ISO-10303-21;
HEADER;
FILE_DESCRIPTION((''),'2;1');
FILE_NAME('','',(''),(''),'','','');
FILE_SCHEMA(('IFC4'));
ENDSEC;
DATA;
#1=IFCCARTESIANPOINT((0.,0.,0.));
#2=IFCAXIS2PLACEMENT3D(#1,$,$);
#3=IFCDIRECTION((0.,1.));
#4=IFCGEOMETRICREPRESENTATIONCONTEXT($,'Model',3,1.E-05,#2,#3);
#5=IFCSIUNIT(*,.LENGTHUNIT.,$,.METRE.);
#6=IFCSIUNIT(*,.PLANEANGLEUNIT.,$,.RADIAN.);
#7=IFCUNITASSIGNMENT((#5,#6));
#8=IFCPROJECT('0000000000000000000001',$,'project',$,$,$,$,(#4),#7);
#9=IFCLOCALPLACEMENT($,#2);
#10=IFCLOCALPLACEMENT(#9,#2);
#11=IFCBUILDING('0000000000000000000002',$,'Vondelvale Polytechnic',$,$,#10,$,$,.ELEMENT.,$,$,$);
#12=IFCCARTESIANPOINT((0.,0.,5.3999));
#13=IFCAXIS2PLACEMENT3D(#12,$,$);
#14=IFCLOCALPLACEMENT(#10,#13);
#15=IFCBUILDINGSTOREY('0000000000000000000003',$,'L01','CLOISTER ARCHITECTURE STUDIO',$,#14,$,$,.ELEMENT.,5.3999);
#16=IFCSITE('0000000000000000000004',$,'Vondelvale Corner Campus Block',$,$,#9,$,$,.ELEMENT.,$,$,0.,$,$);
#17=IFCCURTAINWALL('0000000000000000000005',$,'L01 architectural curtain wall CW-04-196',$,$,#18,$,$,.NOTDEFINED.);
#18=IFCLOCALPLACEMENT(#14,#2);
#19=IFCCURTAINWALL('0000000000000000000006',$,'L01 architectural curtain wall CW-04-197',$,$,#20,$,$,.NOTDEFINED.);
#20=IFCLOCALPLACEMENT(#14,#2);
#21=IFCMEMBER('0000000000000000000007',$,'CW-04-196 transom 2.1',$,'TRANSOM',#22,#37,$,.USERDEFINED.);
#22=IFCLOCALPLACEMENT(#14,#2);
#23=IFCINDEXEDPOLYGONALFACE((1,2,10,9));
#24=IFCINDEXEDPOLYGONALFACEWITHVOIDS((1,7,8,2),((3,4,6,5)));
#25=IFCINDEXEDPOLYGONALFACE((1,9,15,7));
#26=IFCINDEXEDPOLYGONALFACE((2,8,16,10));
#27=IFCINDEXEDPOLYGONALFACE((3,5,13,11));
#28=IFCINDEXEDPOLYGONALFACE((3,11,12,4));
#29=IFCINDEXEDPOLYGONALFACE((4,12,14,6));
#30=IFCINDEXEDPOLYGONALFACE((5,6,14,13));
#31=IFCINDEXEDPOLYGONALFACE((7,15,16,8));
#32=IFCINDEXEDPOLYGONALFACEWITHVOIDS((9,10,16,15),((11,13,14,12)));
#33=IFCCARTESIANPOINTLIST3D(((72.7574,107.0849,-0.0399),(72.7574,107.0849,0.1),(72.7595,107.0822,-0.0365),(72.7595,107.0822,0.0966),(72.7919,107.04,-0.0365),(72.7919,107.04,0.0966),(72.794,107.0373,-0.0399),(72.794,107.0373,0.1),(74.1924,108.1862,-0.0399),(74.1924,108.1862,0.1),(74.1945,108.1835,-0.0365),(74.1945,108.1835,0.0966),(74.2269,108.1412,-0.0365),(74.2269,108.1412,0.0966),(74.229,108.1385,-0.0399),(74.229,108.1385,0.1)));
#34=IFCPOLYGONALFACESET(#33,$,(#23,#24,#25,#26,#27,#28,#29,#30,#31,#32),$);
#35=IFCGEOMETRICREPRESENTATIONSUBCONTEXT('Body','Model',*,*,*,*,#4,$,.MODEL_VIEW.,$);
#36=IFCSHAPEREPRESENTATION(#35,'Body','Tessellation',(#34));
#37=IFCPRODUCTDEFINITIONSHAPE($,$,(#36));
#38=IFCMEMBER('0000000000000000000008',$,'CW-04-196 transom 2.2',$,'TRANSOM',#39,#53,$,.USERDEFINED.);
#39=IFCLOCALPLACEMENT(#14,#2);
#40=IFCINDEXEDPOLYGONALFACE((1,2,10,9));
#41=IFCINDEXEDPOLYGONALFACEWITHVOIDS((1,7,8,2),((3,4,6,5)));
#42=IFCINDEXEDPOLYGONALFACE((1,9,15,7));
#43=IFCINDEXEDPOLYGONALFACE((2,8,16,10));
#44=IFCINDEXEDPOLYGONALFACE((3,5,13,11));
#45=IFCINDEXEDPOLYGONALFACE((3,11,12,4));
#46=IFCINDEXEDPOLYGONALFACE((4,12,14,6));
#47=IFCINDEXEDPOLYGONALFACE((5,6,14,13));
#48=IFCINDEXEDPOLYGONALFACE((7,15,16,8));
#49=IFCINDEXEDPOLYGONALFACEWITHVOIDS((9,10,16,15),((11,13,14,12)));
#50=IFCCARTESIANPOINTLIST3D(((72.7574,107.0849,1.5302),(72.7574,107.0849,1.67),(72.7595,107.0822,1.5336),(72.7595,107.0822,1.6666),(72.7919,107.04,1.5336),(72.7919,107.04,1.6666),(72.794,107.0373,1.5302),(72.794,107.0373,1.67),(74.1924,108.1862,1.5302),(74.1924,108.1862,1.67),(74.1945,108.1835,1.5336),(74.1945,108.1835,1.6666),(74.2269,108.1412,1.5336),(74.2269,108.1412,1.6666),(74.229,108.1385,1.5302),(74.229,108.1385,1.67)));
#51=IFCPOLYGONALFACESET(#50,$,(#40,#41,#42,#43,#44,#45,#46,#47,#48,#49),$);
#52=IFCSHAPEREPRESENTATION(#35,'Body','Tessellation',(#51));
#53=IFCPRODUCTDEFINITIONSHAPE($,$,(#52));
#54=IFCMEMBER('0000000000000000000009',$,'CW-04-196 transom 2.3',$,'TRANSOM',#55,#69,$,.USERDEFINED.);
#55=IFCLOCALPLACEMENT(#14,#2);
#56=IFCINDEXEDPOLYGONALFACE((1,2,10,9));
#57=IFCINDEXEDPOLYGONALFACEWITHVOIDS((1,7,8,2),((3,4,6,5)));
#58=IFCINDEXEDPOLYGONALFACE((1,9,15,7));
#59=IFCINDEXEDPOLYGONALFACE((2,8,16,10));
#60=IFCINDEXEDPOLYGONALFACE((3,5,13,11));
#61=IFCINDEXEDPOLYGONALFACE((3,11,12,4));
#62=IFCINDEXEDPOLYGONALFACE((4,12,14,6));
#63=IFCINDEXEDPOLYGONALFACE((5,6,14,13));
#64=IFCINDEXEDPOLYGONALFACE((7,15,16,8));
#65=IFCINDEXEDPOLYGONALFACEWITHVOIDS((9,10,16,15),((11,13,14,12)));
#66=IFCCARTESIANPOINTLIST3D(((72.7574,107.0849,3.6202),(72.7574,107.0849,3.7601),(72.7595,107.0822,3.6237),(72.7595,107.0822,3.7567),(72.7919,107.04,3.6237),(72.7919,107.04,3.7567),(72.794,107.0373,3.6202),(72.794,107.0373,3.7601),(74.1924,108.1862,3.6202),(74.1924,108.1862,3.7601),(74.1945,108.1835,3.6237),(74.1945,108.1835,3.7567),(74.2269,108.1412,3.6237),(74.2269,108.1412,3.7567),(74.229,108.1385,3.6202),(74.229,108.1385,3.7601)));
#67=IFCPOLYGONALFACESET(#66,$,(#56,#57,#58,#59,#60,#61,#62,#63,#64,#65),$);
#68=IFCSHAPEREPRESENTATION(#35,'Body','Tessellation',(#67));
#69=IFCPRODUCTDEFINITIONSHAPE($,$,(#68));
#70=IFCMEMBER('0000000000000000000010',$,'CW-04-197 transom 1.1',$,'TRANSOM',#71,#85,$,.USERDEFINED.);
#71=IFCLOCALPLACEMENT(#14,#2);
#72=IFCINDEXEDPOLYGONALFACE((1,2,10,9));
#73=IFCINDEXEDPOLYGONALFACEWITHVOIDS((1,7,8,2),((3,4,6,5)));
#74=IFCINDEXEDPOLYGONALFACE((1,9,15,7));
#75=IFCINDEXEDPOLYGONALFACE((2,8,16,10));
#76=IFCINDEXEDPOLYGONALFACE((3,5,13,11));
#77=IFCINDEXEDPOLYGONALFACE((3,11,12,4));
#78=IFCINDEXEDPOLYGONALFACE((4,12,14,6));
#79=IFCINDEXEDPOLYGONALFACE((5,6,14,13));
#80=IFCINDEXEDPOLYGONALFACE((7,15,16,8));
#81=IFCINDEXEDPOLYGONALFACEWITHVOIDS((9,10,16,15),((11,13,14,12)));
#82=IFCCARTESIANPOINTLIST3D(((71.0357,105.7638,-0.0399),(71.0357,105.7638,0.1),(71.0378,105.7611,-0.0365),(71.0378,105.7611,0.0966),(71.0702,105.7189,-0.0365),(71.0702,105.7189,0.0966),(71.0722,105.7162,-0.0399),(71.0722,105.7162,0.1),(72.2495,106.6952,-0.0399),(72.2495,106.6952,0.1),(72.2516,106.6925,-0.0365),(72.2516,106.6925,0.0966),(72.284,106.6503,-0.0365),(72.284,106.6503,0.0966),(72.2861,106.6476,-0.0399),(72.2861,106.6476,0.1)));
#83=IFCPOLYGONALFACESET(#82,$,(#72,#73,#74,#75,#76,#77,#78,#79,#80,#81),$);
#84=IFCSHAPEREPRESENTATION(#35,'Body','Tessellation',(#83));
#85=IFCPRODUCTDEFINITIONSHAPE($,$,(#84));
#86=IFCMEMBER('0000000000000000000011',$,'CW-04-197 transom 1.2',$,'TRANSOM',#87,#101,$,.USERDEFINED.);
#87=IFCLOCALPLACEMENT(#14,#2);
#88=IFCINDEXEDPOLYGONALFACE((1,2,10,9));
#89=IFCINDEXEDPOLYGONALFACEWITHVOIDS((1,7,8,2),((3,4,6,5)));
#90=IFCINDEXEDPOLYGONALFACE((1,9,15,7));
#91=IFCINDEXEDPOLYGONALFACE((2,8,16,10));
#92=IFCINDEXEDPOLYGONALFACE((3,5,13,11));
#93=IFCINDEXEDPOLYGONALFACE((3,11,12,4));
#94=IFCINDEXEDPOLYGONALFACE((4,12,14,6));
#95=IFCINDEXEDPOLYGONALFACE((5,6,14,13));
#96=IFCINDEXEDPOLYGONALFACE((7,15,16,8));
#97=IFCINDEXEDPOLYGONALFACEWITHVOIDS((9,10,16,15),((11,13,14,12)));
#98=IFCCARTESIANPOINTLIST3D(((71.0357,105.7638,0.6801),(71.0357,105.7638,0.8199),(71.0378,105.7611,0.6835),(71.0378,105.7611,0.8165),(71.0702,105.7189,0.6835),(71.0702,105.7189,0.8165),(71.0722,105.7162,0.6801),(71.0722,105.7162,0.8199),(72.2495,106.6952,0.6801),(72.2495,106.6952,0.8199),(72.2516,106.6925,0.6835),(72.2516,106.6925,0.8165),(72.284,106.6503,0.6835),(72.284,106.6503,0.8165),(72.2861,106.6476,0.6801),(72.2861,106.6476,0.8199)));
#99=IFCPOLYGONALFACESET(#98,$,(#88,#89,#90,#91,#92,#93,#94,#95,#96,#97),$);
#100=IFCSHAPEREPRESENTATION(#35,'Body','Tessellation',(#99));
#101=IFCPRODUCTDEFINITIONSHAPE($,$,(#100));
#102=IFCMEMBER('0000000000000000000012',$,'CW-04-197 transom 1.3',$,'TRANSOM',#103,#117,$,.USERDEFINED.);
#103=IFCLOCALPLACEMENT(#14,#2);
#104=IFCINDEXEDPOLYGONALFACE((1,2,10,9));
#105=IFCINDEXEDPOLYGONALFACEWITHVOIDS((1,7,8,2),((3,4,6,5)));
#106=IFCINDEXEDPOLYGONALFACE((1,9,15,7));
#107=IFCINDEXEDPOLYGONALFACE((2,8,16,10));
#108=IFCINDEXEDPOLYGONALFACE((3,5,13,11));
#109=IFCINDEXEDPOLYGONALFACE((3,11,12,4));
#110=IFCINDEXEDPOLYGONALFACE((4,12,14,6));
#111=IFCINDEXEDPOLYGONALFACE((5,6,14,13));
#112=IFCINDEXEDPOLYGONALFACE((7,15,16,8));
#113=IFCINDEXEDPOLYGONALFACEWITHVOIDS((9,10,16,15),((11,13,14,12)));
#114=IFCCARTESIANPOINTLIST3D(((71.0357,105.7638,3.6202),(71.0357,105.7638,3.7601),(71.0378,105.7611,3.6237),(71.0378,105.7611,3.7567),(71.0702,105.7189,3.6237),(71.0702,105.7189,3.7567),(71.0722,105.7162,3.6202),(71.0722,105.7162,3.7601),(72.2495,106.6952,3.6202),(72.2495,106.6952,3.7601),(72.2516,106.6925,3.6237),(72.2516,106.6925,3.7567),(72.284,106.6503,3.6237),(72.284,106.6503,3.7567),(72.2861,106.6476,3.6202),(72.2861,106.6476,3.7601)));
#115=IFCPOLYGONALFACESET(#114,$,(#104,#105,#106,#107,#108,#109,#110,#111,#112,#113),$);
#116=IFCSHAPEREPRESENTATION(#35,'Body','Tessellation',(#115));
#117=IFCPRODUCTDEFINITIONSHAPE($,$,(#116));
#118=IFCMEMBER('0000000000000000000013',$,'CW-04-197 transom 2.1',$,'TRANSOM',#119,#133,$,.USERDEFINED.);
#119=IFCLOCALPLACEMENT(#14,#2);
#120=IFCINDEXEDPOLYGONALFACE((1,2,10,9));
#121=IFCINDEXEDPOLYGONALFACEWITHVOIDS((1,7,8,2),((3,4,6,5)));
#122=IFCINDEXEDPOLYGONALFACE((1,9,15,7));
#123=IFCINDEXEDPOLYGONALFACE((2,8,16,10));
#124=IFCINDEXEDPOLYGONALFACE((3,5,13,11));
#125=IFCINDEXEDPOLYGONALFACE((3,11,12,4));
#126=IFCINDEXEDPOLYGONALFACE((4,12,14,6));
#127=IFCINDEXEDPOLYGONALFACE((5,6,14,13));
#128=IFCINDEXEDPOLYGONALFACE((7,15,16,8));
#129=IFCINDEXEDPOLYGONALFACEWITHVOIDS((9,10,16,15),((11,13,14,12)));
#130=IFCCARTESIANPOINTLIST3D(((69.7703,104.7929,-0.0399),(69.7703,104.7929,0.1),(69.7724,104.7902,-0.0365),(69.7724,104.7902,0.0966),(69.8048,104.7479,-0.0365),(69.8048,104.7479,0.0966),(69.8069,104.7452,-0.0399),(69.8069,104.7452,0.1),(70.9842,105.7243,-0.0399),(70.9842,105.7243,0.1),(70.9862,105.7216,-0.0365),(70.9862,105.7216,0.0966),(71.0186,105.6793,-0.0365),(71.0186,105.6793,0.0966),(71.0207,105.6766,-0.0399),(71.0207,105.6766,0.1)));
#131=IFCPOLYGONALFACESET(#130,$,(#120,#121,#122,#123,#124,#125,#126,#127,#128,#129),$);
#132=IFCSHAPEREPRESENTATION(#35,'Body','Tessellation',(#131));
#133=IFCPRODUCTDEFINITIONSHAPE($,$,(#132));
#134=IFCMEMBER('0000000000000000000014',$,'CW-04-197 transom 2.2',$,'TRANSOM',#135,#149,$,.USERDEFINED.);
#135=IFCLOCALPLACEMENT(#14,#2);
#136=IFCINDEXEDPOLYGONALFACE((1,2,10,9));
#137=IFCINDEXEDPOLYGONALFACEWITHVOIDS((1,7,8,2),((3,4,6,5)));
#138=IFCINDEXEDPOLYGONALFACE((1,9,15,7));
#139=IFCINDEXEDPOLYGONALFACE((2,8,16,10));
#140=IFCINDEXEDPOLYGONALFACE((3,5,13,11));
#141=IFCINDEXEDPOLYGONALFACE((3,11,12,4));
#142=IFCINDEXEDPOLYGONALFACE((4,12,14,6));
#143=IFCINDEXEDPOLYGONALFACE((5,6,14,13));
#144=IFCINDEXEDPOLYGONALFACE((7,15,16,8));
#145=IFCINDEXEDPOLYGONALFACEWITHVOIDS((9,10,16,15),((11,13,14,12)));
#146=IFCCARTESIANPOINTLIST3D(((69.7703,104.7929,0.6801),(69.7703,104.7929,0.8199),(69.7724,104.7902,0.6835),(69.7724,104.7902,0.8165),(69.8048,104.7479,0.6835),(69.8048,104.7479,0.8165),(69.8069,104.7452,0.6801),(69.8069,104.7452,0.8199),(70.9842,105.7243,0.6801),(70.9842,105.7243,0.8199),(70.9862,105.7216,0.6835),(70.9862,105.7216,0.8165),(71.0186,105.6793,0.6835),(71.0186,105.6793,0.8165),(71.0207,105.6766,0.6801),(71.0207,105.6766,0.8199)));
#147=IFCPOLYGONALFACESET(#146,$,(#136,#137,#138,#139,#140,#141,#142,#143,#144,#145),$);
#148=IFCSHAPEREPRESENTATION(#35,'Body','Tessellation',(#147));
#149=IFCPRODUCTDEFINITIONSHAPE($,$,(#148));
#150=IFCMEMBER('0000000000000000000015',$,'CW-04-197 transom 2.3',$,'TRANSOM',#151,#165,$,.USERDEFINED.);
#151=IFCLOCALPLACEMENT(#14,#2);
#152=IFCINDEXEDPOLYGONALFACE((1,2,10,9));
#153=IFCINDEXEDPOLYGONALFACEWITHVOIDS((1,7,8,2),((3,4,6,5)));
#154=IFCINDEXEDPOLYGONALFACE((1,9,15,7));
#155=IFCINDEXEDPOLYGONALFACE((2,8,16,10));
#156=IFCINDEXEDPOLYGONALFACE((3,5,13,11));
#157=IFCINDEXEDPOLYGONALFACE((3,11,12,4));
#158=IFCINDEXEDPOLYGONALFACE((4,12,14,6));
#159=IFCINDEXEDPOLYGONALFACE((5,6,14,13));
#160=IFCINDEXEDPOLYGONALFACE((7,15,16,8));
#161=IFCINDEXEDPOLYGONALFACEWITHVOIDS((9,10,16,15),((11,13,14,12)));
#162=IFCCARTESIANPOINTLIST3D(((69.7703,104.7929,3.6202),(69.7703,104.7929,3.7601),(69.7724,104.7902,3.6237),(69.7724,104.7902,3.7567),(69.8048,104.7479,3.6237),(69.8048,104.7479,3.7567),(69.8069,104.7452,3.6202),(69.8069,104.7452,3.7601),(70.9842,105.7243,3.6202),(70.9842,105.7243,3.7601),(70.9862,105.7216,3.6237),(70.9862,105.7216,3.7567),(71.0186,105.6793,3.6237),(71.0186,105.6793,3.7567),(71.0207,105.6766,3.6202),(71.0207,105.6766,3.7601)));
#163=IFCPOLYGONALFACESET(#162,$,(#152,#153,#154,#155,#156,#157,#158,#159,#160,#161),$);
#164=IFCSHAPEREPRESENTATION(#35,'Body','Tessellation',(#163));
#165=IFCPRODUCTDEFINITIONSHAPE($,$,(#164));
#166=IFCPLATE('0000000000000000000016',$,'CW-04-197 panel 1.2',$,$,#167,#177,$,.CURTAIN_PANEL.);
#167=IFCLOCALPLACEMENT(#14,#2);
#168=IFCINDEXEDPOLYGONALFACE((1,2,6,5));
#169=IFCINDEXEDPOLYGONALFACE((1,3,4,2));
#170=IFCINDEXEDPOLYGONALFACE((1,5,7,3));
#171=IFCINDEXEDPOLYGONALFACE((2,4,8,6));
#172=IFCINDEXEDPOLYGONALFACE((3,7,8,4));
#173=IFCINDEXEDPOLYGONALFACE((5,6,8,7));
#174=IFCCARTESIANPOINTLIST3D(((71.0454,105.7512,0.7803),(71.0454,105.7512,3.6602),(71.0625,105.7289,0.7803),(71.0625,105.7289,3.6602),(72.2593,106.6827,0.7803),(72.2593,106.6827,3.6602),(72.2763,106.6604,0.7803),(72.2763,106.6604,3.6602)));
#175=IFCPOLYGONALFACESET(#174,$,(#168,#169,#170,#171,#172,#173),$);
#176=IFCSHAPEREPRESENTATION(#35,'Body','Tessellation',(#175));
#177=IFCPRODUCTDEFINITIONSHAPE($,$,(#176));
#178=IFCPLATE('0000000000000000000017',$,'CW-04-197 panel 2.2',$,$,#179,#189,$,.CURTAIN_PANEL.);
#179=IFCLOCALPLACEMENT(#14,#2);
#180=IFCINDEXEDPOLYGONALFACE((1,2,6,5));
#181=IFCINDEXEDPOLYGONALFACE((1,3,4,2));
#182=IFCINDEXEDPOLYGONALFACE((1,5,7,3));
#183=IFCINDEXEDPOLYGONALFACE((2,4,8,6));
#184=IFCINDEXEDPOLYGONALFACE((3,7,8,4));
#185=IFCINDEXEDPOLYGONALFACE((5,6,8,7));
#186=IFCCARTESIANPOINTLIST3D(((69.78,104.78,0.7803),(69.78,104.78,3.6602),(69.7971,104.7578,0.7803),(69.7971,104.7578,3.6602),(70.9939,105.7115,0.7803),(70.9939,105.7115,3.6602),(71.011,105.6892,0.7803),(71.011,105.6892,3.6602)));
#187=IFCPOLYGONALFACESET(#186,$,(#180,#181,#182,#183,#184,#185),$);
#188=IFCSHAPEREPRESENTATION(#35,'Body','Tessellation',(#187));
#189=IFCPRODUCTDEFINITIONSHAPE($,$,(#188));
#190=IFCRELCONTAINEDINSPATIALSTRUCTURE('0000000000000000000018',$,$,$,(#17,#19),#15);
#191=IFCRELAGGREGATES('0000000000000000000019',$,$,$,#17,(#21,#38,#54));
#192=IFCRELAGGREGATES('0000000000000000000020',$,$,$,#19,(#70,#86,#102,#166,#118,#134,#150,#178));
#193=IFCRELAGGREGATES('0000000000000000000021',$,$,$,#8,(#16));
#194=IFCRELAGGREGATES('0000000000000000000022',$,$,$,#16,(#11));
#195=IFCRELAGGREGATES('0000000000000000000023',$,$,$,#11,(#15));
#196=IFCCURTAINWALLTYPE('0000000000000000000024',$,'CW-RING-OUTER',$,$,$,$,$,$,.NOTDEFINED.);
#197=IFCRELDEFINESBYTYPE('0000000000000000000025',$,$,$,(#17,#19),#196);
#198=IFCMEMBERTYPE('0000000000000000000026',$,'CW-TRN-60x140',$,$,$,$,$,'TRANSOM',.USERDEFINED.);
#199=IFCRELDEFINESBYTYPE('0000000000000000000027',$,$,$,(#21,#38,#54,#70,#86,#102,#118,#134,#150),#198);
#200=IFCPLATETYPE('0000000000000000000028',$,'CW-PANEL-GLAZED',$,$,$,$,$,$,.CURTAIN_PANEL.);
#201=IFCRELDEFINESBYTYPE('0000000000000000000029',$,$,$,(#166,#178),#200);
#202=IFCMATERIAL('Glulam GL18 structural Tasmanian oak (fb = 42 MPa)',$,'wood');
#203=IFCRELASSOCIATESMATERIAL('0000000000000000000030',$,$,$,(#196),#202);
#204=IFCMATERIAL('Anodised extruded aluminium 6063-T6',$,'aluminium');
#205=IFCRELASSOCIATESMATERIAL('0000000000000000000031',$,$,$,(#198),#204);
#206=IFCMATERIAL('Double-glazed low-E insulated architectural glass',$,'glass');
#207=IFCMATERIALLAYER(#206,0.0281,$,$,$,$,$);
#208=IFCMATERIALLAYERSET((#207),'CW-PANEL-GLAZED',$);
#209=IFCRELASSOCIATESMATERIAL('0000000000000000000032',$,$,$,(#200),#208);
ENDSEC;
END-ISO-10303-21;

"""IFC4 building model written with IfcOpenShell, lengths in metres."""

from ifc_helpers import new_model, si_unit, direction, frame, origin, origin_2d, place, context, subcontext, project, spatial, rectangle, hollow_rectangle, extrude, material, layer, layer_set, material_profile, profile_set, type_object, element, aggregate, save


model = new_model("IFC4")

# Units and contexts
model_context = context("Model", 3, precision=1e-05, world=origin(), true_north=direction((0.0, 1.0)))
body_context = subcontext(model_context, "Body", "Model", "MODEL_VIEW")
ifc_project = project(units=[si_unit("LENGTHUNIT", "METRE"), si_unit("PLANEANGLEUNIT", "RADIAN")], contexts=[model_context])

# Site, building, storey
site_placement = place(None, origin())
site = spatial("IfcSite", under=ifc_project, at=site_placement, Name="Vondelvale Corner Campus Block", CompositionType="ELEMENT", RefElevation=0.0)
building_placement = place(site_placement, origin())
building = spatial("IfcBuilding", under=site, at=building_placement, Name="Vondelvale Polytechnic", CompositionType="ELEMENT")
storey_placement = place(building_placement, frame((0.0, 0.0, 5.3999)))
storey = spatial("IfcBuildingStorey", under=building, at=storey_placement, Name="L01", Description="CLOISTER ARCHITECTURE STUDIO", CompositionType="ELEMENT", Elevation=5.3999)

# Shared definitions
ifc_material_1 = material(Name="Glulam GL18 structural Tasmanian oak (fb = 42 MPa)", Category="wood")

# Curtain walls
curtain_wall_type = type_object("IfcCurtainWallType", Name="CW-RING-OUTER", PredefinedType="NOTDEFINED", material=ifc_material_1)
curtain_wall_1_placement = place(storey_placement, origin())
curtain_wall_1 = element("IfcCurtainWall", 1, at=curtain_wall_1_placement, inside=storey, type_object=curtain_wall_type, Name="L01 architectural curtain wall CW-04-196", PredefinedType="NOTDEFINED")
ifc_material_2 = material(Name="Anodised extruded aluminium 6063-T6", Category="aluminium")
curtain_wall_2_placement = place(storey_placement, origin())
curtain_wall_2 = element("IfcCurtainWall", 2, at=curtain_wall_2_placement, inside=storey, type_object=curtain_wall_type, Name="L01 architectural curtain wall CW-04-197", PredefinedType="NOTDEFINED")

# Members
ifc_material_profile_1 = material_profile(ifc_material_2, hollow_rectangle(XDim=0.0601, YDim=0.1399, WallThickness=0.0034, at=origin_2d()), Name="CW-TRN-140x60")
ifc_profile_set_1 = profile_set([ifc_material_profile_1], Name="Anodised extruded aluminium 6063-T6")
member_type_1 = type_object("IfcMemberType", Name="CW-TRN-60x140", ElementType="TRANSOM", PredefinedType="USERDEFINED", material=ifc_profile_set_1)
member_1_placement = place(storey_placement, frame((74.2107, 108.1624, 0.03), z_axis=(-0.793311, -0.608817, 0.0), x_axis=(0.608817, -0.793311, 0.0)))
member_1 = element("IfcMember", 3, at=member_1_placement, type_object=member_type_1, Name="CW-04-196 transom 2.1", ObjectType="TRANSOM", PredefinedType="USERDEFINED", context=body_context, shape_type="SweptSolid", body=[
    extrude(hollow_rectangle(XDim=0.0601, YDim=0.1399, WallThickness=0.0034, at=origin_2d()), origin(), (0.0, 0.0, 1.0), 1.8088),
])
member_2_placement = place(storey_placement, frame((74.2107, 108.1624, 1.6001), z_axis=(-0.793311, -0.608817, 0.0), x_axis=(0.608817, -0.793311, 0.0)))
member_2 = element("IfcMember", 4, at=member_2_placement, type_object=member_type_1, Name="CW-04-196 transom 2.2", ObjectType="TRANSOM", PredefinedType="USERDEFINED", context=body_context, shape_type="SweptSolid", body=[
    extrude(hollow_rectangle(XDim=0.0601, YDim=0.1399, WallThickness=0.0034, at=origin_2d()), origin(), (0.0, 0.0, 1.0), 1.8088),
])
member_3_placement = place(storey_placement, frame((74.2107, 108.1624, 3.6902), z_axis=(-0.793311, -0.608817, 0.0), x_axis=(0.608817, -0.793311, 0.0)))
member_3 = element("IfcMember", 5, at=member_3_placement, type_object=member_type_1, Name="CW-04-196 transom 2.3", ObjectType="TRANSOM", PredefinedType="USERDEFINED", context=body_context, shape_type="SweptSolid", body=[
    extrude(hollow_rectangle(XDim=0.0601, YDim=0.1399, WallThickness=0.0034, at=origin_2d()), origin(), (0.0, 0.0, 1.0), 1.8088),
])
member_4_placement = place(storey_placement, frame((72.2678, 106.6714, 0.03), z_axis=(-0.793365, -0.608746, 0.0), x_axis=(0.608746, -0.793365, 0.0)))
member_4 = element("IfcMember", 6, at=member_4_placement, type_object=member_type_1, Name="CW-04-197 transom 1.1", ObjectType="TRANSOM", PredefinedType="USERDEFINED", context=body_context, shape_type="SweptSolid", body=[
    extrude(hollow_rectangle(XDim=0.0601, YDim=0.1399, WallThickness=0.0034, at=origin_2d()), origin(), (0.0, 0.0, 1.0), 1.53),
])
member_5_placement = place(storey_placement, frame((72.2678, 106.6714, 0.75), z_axis=(-0.793365, -0.608746, 0.0), x_axis=(0.608746, -0.793365, 0.0)))
member_5 = element("IfcMember", 7, at=member_5_placement, type_object=member_type_1, Name="CW-04-197 transom 1.2", ObjectType="TRANSOM", PredefinedType="USERDEFINED", context=body_context, shape_type="SweptSolid", body=[
    extrude(hollow_rectangle(XDim=0.0601, YDim=0.1399, WallThickness=0.0034, at=origin_2d()), origin(), (0.0, 0.0, 1.0), 1.53),
])
member_6_placement = place(storey_placement, frame((72.2678, 106.6714, 3.6902), z_axis=(-0.793365, -0.608746, 0.0), x_axis=(0.608746, -0.793365, 0.0)))
member_6 = element("IfcMember", 8, at=member_6_placement, type_object=member_type_1, Name="CW-04-197 transom 1.3", ObjectType="TRANSOM", PredefinedType="USERDEFINED", context=body_context, shape_type="SweptSolid", body=[
    extrude(hollow_rectangle(XDim=0.0601, YDim=0.1399, WallThickness=0.0034, at=origin_2d()), origin(), (0.0, 0.0, 1.0), 1.53),
])
member_7_placement = place(storey_placement, frame((71.0024, 105.7004, 0.03), z_axis=(-0.793365, -0.608746, 0.0), x_axis=(0.608746, -0.793365, 0.0)))
member_7 = element("IfcMember", 9, at=member_7_placement, type_object=member_type_1, Name="CW-04-197 transom 2.1", ObjectType="TRANSOM", PredefinedType="USERDEFINED", context=body_context, shape_type="SweptSolid", body=[
    extrude(hollow_rectangle(XDim=0.0601, YDim=0.1399, WallThickness=0.0034, at=origin_2d()), origin(), (0.0, 0.0, 1.0), 1.53),
])
member_8_placement = place(storey_placement, frame((71.0024, 105.7004, 0.75), z_axis=(-0.793365, -0.608746, 0.0), x_axis=(0.608746, -0.793365, 0.0)))
member_8 = element("IfcMember", 10, at=member_8_placement, type_object=member_type_1, Name="CW-04-197 transom 2.2", ObjectType="TRANSOM", PredefinedType="USERDEFINED", context=body_context, shape_type="SweptSolid", body=[
    extrude(hollow_rectangle(XDim=0.0601, YDim=0.1399, WallThickness=0.0034, at=origin_2d()), origin(), (0.0, 0.0, 1.0), 1.53),
])
member_9_placement = place(storey_placement, frame((71.0024, 105.7004, 3.6902), z_axis=(-0.793365, -0.608746, 0.0), x_axis=(0.608746, -0.793365, 0.0)))
member_9 = element("IfcMember", 11, at=member_9_placement, type_object=member_type_1, Name="CW-04-197 transom 2.3", ObjectType="TRANSOM", PredefinedType="USERDEFINED", context=body_context, shape_type="SweptSolid", body=[
    extrude(hollow_rectangle(XDim=0.0601, YDim=0.1399, WallThickness=0.0034, at=origin_2d()), origin(), (0.0, 0.0, 1.0), 1.53),
])

# Plates
ifc_material_3 = material(Name="Double-glazed low-E insulated architectural glass", Category="glass")
ifc_layer_1 = layer(ifc_material_3, 0.0281)
ifc_layer_set_1 = layer_set([ifc_layer_1], Name="CW-PANEL-GLAZED")
plate_type_1 = type_object("IfcPlateType", Name="CW-PANEL-GLAZED", PredefinedType="CURTAIN_PANEL", material=ifc_layer_set_1)
plate_1_placement = place(storey_placement, frame((71.6609, 106.2058, 0.7803), z_axis=(0.0, 0.0, 1.0), x_axis=(-0.793334, -0.608787, 0.0)))
plate_1 = element("IfcPlate", 12, at=plate_1_placement, type_object=plate_type_1, Name="CW-04-197 panel 1.2", PredefinedType="CURTAIN_PANEL", context=body_context, shape_type="SweptSolid", body=[
    extrude(rectangle(XDim=1.53, YDim=0.0281, at=origin_2d()), origin(), (0.0, 0.0, 1.0), 2.8799),
])
plate_2_placement = place(storey_placement, frame((70.3955, 105.2346, 0.7803), z_axis=(0.0, 0.0, 1.0), x_axis=(-0.793334, -0.608787, 0.0)))
plate_2 = element("IfcPlate", 13, at=plate_2_placement, type_object=plate_type_1, Name="CW-04-197 panel 2.2", PredefinedType="CURTAIN_PANEL", context=body_context, shape_type="SweptSolid", body=[
    extrude(rectangle(XDim=1.53, YDim=0.0281, at=origin_2d()), origin(), (0.0, 0.0, 1.0), 2.8799),
])
aggregate(curtain_wall_1, [member_1, member_2, member_3])
aggregate(curtain_wall_2, [member_4, member_5, member_6, plate_1, member_7, member_8, member_9, plate_2])

save(model, "model.ifc")
